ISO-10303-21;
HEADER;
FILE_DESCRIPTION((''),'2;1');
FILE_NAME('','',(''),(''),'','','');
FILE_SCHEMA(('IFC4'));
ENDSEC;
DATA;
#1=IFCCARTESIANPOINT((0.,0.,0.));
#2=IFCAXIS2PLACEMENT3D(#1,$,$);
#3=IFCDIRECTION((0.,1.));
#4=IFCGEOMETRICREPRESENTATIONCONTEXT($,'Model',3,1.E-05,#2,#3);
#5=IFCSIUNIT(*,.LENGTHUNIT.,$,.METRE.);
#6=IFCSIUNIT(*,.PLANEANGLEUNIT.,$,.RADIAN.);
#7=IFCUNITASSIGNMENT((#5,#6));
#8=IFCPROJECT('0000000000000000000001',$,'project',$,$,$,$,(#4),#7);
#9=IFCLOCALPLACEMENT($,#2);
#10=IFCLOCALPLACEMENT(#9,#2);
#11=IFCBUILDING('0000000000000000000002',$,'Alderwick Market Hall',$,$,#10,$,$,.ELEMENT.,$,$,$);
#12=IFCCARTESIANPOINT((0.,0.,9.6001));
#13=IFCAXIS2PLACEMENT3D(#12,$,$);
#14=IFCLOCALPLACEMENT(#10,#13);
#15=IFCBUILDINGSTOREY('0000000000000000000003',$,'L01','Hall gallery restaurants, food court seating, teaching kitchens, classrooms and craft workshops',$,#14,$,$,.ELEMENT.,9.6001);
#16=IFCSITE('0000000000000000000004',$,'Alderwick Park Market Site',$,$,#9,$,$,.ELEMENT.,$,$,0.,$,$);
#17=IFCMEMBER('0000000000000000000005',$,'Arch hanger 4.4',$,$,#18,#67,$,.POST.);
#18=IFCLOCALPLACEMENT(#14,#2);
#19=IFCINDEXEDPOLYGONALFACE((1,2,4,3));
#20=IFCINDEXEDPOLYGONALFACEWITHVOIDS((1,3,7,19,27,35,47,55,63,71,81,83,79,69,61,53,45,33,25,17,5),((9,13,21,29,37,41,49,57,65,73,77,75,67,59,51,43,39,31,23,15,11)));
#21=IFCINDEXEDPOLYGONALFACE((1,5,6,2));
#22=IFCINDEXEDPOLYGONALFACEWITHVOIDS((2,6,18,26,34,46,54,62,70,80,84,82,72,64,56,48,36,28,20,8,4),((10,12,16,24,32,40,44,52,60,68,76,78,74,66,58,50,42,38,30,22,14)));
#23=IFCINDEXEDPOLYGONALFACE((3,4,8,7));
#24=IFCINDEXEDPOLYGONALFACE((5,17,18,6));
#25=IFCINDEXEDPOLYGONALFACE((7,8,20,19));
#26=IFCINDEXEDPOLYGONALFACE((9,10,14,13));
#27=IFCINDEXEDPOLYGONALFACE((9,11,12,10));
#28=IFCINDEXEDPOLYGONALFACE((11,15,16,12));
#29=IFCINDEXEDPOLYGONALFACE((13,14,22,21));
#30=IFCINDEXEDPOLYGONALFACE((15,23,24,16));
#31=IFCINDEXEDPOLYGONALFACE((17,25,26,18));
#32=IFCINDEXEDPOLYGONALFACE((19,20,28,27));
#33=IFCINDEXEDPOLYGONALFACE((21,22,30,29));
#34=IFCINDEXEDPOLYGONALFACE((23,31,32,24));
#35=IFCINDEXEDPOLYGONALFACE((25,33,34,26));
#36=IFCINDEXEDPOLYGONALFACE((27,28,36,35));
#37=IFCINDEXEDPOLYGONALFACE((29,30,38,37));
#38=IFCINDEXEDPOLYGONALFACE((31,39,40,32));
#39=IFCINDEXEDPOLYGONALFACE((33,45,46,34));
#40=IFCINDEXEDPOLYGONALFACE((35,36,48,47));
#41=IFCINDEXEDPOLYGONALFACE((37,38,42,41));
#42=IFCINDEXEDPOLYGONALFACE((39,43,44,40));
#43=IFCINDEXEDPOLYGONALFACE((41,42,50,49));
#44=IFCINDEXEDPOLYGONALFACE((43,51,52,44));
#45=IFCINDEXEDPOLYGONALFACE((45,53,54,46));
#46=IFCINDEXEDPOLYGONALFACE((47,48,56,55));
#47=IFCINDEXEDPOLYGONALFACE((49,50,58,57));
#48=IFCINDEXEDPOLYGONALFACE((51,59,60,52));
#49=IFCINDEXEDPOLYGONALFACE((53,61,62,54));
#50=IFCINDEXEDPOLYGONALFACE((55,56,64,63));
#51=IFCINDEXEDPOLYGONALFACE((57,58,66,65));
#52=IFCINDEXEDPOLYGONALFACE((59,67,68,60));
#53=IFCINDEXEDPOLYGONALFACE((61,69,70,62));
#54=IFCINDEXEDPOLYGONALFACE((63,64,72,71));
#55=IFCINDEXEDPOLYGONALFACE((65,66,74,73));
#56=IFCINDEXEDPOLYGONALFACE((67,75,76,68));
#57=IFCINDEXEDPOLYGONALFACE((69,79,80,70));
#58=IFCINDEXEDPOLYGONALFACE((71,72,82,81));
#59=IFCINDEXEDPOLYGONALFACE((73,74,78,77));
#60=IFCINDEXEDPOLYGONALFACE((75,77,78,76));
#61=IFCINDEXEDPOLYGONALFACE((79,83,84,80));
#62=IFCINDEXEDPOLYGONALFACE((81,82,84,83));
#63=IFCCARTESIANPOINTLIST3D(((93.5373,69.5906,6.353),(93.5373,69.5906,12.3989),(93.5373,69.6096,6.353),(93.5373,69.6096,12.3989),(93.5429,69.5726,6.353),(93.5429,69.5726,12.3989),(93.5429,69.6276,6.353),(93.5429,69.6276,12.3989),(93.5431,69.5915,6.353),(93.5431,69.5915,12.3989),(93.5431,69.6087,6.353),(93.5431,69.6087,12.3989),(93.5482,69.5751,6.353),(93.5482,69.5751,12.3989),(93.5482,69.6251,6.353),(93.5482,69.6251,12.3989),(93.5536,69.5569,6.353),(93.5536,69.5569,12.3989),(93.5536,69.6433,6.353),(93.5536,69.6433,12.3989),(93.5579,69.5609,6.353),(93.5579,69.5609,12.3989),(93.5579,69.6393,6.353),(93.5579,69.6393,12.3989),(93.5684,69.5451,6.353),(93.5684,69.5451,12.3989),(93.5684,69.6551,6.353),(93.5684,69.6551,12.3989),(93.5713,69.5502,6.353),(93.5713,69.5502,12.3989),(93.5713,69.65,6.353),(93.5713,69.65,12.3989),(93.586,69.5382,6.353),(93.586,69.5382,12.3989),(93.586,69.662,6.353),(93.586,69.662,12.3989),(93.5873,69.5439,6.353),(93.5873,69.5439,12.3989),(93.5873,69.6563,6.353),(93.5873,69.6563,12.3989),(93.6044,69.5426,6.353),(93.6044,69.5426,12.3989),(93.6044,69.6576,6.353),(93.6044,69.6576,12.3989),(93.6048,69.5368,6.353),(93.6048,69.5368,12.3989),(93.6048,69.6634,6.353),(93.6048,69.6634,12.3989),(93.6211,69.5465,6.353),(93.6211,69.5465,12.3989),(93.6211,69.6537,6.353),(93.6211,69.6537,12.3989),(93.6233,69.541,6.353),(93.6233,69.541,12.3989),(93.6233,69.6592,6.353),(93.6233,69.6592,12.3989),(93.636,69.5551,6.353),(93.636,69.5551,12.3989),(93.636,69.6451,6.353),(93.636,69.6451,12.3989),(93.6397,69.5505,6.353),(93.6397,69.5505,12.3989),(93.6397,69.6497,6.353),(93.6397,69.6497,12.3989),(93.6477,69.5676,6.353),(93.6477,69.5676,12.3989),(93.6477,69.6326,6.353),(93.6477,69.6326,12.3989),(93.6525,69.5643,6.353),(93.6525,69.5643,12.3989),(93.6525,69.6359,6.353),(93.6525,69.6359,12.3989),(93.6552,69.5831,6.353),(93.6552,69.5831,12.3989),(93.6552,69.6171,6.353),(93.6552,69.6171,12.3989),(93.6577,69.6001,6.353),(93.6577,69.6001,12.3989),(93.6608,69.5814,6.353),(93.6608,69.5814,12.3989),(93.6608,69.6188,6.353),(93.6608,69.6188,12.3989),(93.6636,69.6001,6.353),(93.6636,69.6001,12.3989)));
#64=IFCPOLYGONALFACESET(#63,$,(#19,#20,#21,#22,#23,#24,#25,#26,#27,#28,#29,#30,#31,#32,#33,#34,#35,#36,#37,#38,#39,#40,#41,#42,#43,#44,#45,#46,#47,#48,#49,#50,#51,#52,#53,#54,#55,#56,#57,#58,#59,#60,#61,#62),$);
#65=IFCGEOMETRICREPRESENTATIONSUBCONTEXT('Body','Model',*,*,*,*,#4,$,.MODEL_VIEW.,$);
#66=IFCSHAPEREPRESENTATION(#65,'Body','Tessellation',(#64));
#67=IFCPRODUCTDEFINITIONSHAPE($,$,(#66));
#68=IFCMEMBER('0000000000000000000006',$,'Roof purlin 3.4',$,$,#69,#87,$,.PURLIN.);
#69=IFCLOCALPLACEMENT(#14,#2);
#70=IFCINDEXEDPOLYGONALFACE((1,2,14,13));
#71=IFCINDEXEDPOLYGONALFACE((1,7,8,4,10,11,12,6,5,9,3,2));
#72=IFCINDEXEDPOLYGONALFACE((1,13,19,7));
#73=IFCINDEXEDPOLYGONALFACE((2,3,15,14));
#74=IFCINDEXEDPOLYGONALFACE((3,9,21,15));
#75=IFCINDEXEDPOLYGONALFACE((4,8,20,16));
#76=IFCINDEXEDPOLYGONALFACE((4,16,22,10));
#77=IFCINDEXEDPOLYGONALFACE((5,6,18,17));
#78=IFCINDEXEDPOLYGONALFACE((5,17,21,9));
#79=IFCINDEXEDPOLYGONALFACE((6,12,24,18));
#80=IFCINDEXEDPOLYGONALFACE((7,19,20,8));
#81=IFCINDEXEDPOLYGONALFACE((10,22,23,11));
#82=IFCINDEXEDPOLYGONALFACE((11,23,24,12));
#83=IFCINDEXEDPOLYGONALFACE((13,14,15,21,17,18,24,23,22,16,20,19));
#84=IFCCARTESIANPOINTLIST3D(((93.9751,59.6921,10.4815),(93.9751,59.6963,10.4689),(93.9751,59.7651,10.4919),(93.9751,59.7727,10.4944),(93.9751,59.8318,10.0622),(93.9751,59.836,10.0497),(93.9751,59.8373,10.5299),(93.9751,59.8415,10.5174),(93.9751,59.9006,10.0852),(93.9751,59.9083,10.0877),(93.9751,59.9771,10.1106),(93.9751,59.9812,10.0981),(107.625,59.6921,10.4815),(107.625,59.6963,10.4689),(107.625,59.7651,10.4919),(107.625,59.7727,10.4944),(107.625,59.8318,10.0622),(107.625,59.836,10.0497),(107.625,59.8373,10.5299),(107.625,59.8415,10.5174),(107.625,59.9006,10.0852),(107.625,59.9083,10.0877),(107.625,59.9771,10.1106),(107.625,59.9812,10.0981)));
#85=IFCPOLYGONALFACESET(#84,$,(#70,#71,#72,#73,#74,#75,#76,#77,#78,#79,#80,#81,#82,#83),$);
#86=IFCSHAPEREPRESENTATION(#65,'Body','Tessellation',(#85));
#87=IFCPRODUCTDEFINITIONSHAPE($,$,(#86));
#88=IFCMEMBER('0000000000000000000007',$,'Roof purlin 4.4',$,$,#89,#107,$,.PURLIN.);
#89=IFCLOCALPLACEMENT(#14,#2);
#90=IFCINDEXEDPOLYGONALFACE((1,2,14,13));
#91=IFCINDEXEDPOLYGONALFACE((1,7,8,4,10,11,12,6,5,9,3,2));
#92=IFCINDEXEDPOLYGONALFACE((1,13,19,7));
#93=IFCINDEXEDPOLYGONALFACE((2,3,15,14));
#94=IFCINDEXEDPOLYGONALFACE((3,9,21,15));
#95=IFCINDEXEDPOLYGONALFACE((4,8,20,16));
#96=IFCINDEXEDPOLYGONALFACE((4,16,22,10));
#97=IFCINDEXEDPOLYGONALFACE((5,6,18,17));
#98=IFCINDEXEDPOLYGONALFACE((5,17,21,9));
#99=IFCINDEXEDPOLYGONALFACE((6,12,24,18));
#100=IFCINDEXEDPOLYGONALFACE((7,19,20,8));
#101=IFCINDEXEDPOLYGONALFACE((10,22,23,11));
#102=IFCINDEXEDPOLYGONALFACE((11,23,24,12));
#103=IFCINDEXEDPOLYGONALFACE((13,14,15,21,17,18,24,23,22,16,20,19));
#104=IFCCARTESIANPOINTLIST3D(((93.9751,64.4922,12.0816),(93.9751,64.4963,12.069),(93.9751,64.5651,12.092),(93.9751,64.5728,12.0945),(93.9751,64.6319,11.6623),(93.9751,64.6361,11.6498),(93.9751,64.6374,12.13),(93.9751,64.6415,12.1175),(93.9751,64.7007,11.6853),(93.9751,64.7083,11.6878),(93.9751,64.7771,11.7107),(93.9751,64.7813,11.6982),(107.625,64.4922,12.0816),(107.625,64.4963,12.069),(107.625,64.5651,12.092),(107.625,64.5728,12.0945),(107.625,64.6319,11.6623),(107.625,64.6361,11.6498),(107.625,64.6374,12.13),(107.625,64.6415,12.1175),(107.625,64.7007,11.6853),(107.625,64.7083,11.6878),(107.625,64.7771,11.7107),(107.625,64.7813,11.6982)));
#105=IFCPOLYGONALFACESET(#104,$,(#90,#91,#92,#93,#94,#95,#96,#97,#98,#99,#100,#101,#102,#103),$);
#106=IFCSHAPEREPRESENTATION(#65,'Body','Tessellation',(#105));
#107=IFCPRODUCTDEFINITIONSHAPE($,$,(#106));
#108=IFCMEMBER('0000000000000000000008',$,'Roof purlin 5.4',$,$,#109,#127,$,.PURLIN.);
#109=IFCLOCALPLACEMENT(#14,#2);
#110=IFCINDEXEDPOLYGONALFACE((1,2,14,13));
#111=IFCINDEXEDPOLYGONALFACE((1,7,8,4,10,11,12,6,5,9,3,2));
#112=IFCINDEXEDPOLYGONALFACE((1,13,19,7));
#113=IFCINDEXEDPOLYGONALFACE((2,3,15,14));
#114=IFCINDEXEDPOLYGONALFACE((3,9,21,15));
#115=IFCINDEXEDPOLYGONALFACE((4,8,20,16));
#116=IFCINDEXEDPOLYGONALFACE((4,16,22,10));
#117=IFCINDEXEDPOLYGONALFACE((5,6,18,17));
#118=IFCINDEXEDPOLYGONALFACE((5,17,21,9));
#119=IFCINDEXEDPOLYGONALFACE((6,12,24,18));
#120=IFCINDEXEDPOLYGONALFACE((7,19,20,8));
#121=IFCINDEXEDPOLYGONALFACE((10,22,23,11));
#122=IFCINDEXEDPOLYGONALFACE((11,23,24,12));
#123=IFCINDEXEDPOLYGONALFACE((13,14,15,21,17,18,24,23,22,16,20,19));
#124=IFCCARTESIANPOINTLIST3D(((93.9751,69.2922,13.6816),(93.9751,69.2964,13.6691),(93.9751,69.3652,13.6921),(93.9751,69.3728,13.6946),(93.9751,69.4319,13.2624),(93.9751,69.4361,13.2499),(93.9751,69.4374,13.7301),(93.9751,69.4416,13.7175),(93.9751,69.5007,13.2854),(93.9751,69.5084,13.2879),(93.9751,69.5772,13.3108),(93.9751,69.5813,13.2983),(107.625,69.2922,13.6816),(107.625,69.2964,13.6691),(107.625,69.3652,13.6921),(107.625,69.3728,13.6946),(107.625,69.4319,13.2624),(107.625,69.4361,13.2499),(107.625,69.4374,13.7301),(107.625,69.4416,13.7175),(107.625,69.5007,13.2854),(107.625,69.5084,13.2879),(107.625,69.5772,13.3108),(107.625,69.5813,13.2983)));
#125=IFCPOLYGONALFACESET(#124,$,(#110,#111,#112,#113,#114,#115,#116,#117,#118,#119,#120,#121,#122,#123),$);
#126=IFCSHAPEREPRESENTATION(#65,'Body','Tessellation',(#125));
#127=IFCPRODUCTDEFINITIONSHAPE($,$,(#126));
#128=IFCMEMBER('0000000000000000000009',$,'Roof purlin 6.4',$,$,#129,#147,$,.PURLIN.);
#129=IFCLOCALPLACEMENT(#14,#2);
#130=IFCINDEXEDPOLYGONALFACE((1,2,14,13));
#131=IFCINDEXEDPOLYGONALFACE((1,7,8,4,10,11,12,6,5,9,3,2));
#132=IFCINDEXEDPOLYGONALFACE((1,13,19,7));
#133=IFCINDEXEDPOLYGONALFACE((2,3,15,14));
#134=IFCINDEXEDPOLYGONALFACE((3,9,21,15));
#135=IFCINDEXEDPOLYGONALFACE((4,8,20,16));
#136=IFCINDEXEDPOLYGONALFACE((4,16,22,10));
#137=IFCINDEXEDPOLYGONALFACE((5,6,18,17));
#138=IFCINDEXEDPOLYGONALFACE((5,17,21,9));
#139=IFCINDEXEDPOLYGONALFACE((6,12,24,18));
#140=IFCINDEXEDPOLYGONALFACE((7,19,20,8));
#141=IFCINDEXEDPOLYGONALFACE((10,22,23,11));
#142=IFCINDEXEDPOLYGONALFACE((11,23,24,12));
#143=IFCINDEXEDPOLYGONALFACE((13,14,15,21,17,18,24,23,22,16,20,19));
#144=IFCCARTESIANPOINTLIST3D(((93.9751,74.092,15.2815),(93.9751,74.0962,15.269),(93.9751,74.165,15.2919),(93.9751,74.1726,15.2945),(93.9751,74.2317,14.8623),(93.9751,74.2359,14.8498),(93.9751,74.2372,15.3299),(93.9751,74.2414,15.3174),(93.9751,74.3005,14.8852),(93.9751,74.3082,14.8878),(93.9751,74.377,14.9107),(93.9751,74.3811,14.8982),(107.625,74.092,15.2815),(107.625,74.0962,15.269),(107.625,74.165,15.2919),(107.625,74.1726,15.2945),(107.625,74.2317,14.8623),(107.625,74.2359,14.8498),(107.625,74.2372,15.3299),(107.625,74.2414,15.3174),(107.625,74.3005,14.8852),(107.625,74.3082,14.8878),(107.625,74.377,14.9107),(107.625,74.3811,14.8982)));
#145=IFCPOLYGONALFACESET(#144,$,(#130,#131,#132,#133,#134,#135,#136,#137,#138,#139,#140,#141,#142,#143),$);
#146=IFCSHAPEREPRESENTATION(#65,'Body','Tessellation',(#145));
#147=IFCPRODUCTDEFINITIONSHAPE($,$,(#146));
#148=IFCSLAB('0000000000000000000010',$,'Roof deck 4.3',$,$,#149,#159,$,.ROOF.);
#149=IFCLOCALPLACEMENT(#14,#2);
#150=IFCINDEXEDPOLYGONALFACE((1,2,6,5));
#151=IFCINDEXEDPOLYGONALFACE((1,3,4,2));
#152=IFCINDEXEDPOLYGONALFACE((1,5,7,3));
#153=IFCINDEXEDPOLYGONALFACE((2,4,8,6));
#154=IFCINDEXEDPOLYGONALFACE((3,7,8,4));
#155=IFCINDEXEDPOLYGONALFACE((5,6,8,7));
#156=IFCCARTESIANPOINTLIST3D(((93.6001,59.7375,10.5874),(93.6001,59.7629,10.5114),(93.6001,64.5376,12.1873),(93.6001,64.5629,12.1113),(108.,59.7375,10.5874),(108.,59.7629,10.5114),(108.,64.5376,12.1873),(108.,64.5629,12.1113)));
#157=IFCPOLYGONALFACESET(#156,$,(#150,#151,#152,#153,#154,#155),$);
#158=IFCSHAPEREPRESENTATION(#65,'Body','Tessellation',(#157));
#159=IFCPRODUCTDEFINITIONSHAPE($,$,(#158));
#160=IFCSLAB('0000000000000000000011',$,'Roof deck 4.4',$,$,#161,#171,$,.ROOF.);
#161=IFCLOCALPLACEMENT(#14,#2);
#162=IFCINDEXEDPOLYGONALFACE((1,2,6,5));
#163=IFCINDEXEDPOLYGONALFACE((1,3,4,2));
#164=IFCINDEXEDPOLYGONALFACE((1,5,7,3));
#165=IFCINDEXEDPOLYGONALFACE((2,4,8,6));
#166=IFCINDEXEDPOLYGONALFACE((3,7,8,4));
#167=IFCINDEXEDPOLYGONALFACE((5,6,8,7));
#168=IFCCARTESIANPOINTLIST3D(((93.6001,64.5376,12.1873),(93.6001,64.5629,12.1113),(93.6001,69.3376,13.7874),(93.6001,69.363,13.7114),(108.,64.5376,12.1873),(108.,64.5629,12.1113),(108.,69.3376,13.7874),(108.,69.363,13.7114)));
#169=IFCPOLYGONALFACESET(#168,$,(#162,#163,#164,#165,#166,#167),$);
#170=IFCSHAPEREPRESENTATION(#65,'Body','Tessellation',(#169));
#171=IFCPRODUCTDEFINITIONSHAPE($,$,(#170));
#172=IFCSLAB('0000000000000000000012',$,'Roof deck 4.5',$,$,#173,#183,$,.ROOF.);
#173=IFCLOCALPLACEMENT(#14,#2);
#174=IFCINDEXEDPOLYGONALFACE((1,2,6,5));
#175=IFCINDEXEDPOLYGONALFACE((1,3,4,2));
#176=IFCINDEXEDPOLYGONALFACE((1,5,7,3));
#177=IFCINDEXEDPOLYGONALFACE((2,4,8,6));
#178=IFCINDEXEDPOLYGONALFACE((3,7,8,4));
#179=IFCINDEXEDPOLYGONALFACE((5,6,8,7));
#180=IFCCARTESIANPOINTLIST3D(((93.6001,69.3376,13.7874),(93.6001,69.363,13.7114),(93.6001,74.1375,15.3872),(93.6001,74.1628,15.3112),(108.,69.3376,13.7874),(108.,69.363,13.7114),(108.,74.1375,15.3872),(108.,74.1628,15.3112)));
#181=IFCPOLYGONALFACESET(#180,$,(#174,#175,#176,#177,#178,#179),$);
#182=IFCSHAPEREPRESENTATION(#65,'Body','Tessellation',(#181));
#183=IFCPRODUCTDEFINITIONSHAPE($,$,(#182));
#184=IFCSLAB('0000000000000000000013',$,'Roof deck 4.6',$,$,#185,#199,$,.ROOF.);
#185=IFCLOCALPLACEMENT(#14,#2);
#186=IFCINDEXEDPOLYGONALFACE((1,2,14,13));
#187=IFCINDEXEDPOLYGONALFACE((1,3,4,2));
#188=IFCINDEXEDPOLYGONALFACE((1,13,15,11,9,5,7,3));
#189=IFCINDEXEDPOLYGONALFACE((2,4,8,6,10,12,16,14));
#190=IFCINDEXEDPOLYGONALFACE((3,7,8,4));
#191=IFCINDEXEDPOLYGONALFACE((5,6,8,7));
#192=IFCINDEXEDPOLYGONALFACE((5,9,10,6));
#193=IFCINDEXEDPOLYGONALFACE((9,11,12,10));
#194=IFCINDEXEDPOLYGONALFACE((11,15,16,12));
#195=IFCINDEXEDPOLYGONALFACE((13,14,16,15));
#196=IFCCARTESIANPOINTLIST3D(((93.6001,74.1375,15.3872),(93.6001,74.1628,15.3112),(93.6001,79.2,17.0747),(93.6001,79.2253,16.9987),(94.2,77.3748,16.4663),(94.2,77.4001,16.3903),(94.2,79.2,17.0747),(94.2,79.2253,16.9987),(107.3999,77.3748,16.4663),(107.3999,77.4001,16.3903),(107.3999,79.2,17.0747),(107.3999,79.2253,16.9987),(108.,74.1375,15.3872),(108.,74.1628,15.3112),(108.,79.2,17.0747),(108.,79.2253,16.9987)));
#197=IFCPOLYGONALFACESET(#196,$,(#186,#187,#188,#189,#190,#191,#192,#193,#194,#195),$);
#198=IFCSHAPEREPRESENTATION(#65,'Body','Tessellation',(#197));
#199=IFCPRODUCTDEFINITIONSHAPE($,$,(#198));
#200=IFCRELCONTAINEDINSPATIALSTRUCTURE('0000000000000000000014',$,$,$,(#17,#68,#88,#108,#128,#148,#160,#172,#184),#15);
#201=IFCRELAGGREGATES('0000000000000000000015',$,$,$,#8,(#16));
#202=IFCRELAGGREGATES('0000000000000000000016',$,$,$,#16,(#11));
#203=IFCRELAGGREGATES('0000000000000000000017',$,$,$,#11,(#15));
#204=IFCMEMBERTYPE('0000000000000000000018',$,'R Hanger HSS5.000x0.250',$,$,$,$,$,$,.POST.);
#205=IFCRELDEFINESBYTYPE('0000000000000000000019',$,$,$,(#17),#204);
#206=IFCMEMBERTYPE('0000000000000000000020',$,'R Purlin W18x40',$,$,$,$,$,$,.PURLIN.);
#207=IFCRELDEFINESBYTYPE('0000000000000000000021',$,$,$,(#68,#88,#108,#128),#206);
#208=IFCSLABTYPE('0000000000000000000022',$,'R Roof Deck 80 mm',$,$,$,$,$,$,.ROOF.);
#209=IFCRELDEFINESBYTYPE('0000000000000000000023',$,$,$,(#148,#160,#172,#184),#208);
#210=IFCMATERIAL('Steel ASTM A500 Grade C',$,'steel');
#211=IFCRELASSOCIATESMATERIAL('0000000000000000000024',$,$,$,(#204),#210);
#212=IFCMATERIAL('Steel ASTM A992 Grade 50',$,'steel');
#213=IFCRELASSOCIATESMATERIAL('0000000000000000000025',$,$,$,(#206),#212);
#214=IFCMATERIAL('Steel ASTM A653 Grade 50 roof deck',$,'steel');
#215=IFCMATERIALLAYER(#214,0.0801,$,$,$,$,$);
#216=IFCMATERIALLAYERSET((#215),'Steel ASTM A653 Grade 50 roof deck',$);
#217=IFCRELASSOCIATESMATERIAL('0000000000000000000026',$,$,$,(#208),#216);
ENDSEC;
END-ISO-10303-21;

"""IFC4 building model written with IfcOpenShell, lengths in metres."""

from ifc_helpers import new_model, si_unit, direction, frame, origin, origin_2d, place, context, subcontext, project, spatial, polyline, hollow_circle, i_section, outline, extrude, material, layer, layer_set, material_profile, profile_set, type_object, element, save


model = new_model("IFC4")

# Units and contexts
model_context = context("Model", 3, precision=1e-05, world=origin(), true_north=direction((0.0, 1.0)))
body_context = subcontext(model_context, "Body", "Model", "MODEL_VIEW")
ifc_project = project(units=[si_unit("LENGTHUNIT", "METRE"), si_unit("PLANEANGLEUNIT", "RADIAN")], contexts=[model_context])

# Site, building, storey
site_placement = place(None, origin())
site = spatial("IfcSite", under=ifc_project, at=site_placement, Name="Alderwick Park Market Site", CompositionType="ELEMENT", RefElevation=0.0)
building_placement = place(site_placement, origin())
building = spatial("IfcBuilding", under=site, at=building_placement, Name="Alderwick Market Hall", CompositionType="ELEMENT")
storey_placement = place(building_placement, frame((0.0, 0.0, 9.6001)))
storey = spatial("IfcBuildingStorey", under=building, at=storey_placement, Name="L01", Description="Hall gallery restaurants, food court seating, teaching kitchens, classrooms and craft workshops", CompositionType="ELEMENT", Elevation=9.6001)

# Members
ifc_material_1 = material(Name="Steel ASTM A500 Grade C", Category="steel")
ifc_material_profile_1 = material_profile(ifc_material_1, hollow_circle(Radius=0.0635, WallThickness=0.0059, at=origin_2d()), Name="HSS5.000x0.250")
ifc_profile_set_1 = profile_set([ifc_material_profile_1], Name="Steel ASTM A500 Grade C")
member_type_1 = type_object("IfcMemberType", Name="R Hanger HSS5.000x0.250", PredefinedType="POST", material=ifc_profile_set_1)
member_1_placement = place(storey_placement, frame((93.6001, 69.6001, 6.353), z_axis=(0.0, 0.0, 1.0), x_axis=(1.0, 0.0, 0.0)))
element("IfcMember", 1, at=member_1_placement, inside=storey, type_object=member_type_1, Name="Arch hanger 4.4", PredefinedType="POST", context=body_context, shape_type="SweptSolid", body=[
    extrude(hollow_circle(Radius=0.0635, WallThickness=0.0059, at=origin_2d()), origin(), (0.0, 0.0, 1.0), 6.0459),
])
ifc_material_2 = material(Name="Steel ASTM A992 Grade 50", Category="steel")
ifc_material_profile_2 = material_profile(ifc_material_2, i_section(OverallWidth=0.1531, OverallDepth=0.4551, WebThickness=0.0081, FlangeThickness=0.0132, at=origin_2d()), Name="W18x40")
ifc_profile_set_2 = profile_set([ifc_material_profile_2], Name="Steel ASTM A992 Grade 50")
member_type_2 = type_object("IfcMemberType", Name="R Purlin W18x40", PredefinedType="PURLIN", material=ifc_profile_set_2)
for number, where, z_axis, x_axis, name in (
    (2, (93.9751, 59.8367, 10.2898), (1.0, 0.0, 0.0), (0.0, 0.948683, 0.316228), "Roof purlin 3.4"),
    (3, (93.9751, 64.6367, 11.8899), (1.0, 0.0, 0.0), (0.0, 0.948683, 0.316228), "Roof purlin 4.4"),
    (4, (93.9751, 69.4368, 13.49), (1.0, 0.0, 0.0), (0.0, 0.948683, 0.316228), "Roof purlin 5.4"),
    (5, (93.9751, 74.2366, 15.0898), (1.0, 0.0, 0.0), (0.0, 0.948683, 0.316228), "Roof purlin 6.4"),
):
    element("IfcMember", number, at=place(storey_placement, frame(where, z_axis=z_axis, x_axis=x_axis)), inside=storey, type_object=member_type_2, Name=name, PredefinedType="PURLIN", context=body_context, shape_type="SweptSolid", body=[
        extrude(i_section(OverallWidth=0.1531, OverallDepth=0.4551, WebThickness=0.0081, FlangeThickness=0.0132, at=origin_2d()), origin(), (0.0, 0.0, 1.0), 13.6499),
    ])

# Slabs
ifc_material_3 = material(Name="Steel ASTM A653 Grade 50 roof deck", Category="steel")
ifc_layer_1 = layer(ifc_material_3, 0.0801)
ifc_layer_set_1 = layer_set([ifc_layer_1], Name="Steel ASTM A653 Grade 50 roof deck")
slab_type = type_object("IfcSlabType", Name="R Roof Deck 80 mm", PredefinedType="ROOF", material=ifc_layer_set_1)
slab_1_placement = place(storey_placement, frame((93.6001, 59.7375, 10.5874), z_axis=(0.0, -0.316199, 0.948693), x_axis=(1.0, 0.0, 0.0)))
element("IfcSlab", 6, at=slab_1_placement, inside=storey, type_object=slab_type, Name="Roof deck 4.3", PredefinedType="ROOF", context=body_context, shape_type="SweptSolid", body=[
    extrude(outline(polyline([(0.0, 0.0), (14.3999, 0.0), (14.3999, 5.0596), (0.0, 5.0596), (0.0, 0.0)])), origin(), (0.0, 0.0, -1.0), 0.0801),
])
slab_2_placement = place(storey_placement, frame((93.6001, 64.5376, 12.1873), z_axis=(0.0, -0.316242, 0.948678), x_axis=(1.0, 0.0, 0.0)))
element("IfcSlab", 7, at=slab_2_placement, inside=storey, type_object=slab_type, Name="Roof deck 4.4", PredefinedType="ROOF", context=body_context, shape_type="SweptSolid", body=[
    extrude(outline(polyline([(0.0, 0.0), (14.3999, 0.0), (14.3999, 5.0597), (0.0, 5.0597), (0.0, 0.0)])), origin(), (0.0, 0.0, -1.0), 0.0801),
])
slab_3_placement = place(storey_placement, frame((93.6001, 69.3376, 13.7874), z_axis=(0.0, -0.316213, 0.948688), x_axis=(1.0, 0.0, 0.0)))
element("IfcSlab", 8, at=slab_3_placement, inside=storey, type_object=slab_type, Name="Roof deck 4.5", PredefinedType="ROOF", context=body_context, shape_type="SweptSolid", body=[
    extrude(outline(polyline([(0.0, 0.0), (14.3999, 0.0), (14.3999, 5.0594), (0.0, 5.0594), (0.0, 0.0)])), origin(), (0.0, 0.0, -1.0), 0.0801),
])
slab_4_placement = place(storey_placement, frame((93.6001, 74.1375, 15.3872), z_axis=(0.0, -0.316228, 0.948683), x_axis=(1.0, 0.0, 0.0)))
element("IfcSlab", 9, at=slab_4_placement, inside=storey, type_object=slab_type, Name="Roof deck 4.6", PredefinedType="ROOF", context=body_context, shape_type="SweptSolid", body=[
    extrude(outline(polyline([(0.0, 0.0), (14.3999, 0.0), (14.3999, 5.3363), (13.7998, 5.3363), (13.7998, 3.4124), (0.5999, 3.4124), (0.5999, 5.3363), (0.0, 5.3363), (0.0, 0.0)])), origin(), (0.0, 0.0, -1.0), 0.0801),
])

save(model, "model.ifc")
